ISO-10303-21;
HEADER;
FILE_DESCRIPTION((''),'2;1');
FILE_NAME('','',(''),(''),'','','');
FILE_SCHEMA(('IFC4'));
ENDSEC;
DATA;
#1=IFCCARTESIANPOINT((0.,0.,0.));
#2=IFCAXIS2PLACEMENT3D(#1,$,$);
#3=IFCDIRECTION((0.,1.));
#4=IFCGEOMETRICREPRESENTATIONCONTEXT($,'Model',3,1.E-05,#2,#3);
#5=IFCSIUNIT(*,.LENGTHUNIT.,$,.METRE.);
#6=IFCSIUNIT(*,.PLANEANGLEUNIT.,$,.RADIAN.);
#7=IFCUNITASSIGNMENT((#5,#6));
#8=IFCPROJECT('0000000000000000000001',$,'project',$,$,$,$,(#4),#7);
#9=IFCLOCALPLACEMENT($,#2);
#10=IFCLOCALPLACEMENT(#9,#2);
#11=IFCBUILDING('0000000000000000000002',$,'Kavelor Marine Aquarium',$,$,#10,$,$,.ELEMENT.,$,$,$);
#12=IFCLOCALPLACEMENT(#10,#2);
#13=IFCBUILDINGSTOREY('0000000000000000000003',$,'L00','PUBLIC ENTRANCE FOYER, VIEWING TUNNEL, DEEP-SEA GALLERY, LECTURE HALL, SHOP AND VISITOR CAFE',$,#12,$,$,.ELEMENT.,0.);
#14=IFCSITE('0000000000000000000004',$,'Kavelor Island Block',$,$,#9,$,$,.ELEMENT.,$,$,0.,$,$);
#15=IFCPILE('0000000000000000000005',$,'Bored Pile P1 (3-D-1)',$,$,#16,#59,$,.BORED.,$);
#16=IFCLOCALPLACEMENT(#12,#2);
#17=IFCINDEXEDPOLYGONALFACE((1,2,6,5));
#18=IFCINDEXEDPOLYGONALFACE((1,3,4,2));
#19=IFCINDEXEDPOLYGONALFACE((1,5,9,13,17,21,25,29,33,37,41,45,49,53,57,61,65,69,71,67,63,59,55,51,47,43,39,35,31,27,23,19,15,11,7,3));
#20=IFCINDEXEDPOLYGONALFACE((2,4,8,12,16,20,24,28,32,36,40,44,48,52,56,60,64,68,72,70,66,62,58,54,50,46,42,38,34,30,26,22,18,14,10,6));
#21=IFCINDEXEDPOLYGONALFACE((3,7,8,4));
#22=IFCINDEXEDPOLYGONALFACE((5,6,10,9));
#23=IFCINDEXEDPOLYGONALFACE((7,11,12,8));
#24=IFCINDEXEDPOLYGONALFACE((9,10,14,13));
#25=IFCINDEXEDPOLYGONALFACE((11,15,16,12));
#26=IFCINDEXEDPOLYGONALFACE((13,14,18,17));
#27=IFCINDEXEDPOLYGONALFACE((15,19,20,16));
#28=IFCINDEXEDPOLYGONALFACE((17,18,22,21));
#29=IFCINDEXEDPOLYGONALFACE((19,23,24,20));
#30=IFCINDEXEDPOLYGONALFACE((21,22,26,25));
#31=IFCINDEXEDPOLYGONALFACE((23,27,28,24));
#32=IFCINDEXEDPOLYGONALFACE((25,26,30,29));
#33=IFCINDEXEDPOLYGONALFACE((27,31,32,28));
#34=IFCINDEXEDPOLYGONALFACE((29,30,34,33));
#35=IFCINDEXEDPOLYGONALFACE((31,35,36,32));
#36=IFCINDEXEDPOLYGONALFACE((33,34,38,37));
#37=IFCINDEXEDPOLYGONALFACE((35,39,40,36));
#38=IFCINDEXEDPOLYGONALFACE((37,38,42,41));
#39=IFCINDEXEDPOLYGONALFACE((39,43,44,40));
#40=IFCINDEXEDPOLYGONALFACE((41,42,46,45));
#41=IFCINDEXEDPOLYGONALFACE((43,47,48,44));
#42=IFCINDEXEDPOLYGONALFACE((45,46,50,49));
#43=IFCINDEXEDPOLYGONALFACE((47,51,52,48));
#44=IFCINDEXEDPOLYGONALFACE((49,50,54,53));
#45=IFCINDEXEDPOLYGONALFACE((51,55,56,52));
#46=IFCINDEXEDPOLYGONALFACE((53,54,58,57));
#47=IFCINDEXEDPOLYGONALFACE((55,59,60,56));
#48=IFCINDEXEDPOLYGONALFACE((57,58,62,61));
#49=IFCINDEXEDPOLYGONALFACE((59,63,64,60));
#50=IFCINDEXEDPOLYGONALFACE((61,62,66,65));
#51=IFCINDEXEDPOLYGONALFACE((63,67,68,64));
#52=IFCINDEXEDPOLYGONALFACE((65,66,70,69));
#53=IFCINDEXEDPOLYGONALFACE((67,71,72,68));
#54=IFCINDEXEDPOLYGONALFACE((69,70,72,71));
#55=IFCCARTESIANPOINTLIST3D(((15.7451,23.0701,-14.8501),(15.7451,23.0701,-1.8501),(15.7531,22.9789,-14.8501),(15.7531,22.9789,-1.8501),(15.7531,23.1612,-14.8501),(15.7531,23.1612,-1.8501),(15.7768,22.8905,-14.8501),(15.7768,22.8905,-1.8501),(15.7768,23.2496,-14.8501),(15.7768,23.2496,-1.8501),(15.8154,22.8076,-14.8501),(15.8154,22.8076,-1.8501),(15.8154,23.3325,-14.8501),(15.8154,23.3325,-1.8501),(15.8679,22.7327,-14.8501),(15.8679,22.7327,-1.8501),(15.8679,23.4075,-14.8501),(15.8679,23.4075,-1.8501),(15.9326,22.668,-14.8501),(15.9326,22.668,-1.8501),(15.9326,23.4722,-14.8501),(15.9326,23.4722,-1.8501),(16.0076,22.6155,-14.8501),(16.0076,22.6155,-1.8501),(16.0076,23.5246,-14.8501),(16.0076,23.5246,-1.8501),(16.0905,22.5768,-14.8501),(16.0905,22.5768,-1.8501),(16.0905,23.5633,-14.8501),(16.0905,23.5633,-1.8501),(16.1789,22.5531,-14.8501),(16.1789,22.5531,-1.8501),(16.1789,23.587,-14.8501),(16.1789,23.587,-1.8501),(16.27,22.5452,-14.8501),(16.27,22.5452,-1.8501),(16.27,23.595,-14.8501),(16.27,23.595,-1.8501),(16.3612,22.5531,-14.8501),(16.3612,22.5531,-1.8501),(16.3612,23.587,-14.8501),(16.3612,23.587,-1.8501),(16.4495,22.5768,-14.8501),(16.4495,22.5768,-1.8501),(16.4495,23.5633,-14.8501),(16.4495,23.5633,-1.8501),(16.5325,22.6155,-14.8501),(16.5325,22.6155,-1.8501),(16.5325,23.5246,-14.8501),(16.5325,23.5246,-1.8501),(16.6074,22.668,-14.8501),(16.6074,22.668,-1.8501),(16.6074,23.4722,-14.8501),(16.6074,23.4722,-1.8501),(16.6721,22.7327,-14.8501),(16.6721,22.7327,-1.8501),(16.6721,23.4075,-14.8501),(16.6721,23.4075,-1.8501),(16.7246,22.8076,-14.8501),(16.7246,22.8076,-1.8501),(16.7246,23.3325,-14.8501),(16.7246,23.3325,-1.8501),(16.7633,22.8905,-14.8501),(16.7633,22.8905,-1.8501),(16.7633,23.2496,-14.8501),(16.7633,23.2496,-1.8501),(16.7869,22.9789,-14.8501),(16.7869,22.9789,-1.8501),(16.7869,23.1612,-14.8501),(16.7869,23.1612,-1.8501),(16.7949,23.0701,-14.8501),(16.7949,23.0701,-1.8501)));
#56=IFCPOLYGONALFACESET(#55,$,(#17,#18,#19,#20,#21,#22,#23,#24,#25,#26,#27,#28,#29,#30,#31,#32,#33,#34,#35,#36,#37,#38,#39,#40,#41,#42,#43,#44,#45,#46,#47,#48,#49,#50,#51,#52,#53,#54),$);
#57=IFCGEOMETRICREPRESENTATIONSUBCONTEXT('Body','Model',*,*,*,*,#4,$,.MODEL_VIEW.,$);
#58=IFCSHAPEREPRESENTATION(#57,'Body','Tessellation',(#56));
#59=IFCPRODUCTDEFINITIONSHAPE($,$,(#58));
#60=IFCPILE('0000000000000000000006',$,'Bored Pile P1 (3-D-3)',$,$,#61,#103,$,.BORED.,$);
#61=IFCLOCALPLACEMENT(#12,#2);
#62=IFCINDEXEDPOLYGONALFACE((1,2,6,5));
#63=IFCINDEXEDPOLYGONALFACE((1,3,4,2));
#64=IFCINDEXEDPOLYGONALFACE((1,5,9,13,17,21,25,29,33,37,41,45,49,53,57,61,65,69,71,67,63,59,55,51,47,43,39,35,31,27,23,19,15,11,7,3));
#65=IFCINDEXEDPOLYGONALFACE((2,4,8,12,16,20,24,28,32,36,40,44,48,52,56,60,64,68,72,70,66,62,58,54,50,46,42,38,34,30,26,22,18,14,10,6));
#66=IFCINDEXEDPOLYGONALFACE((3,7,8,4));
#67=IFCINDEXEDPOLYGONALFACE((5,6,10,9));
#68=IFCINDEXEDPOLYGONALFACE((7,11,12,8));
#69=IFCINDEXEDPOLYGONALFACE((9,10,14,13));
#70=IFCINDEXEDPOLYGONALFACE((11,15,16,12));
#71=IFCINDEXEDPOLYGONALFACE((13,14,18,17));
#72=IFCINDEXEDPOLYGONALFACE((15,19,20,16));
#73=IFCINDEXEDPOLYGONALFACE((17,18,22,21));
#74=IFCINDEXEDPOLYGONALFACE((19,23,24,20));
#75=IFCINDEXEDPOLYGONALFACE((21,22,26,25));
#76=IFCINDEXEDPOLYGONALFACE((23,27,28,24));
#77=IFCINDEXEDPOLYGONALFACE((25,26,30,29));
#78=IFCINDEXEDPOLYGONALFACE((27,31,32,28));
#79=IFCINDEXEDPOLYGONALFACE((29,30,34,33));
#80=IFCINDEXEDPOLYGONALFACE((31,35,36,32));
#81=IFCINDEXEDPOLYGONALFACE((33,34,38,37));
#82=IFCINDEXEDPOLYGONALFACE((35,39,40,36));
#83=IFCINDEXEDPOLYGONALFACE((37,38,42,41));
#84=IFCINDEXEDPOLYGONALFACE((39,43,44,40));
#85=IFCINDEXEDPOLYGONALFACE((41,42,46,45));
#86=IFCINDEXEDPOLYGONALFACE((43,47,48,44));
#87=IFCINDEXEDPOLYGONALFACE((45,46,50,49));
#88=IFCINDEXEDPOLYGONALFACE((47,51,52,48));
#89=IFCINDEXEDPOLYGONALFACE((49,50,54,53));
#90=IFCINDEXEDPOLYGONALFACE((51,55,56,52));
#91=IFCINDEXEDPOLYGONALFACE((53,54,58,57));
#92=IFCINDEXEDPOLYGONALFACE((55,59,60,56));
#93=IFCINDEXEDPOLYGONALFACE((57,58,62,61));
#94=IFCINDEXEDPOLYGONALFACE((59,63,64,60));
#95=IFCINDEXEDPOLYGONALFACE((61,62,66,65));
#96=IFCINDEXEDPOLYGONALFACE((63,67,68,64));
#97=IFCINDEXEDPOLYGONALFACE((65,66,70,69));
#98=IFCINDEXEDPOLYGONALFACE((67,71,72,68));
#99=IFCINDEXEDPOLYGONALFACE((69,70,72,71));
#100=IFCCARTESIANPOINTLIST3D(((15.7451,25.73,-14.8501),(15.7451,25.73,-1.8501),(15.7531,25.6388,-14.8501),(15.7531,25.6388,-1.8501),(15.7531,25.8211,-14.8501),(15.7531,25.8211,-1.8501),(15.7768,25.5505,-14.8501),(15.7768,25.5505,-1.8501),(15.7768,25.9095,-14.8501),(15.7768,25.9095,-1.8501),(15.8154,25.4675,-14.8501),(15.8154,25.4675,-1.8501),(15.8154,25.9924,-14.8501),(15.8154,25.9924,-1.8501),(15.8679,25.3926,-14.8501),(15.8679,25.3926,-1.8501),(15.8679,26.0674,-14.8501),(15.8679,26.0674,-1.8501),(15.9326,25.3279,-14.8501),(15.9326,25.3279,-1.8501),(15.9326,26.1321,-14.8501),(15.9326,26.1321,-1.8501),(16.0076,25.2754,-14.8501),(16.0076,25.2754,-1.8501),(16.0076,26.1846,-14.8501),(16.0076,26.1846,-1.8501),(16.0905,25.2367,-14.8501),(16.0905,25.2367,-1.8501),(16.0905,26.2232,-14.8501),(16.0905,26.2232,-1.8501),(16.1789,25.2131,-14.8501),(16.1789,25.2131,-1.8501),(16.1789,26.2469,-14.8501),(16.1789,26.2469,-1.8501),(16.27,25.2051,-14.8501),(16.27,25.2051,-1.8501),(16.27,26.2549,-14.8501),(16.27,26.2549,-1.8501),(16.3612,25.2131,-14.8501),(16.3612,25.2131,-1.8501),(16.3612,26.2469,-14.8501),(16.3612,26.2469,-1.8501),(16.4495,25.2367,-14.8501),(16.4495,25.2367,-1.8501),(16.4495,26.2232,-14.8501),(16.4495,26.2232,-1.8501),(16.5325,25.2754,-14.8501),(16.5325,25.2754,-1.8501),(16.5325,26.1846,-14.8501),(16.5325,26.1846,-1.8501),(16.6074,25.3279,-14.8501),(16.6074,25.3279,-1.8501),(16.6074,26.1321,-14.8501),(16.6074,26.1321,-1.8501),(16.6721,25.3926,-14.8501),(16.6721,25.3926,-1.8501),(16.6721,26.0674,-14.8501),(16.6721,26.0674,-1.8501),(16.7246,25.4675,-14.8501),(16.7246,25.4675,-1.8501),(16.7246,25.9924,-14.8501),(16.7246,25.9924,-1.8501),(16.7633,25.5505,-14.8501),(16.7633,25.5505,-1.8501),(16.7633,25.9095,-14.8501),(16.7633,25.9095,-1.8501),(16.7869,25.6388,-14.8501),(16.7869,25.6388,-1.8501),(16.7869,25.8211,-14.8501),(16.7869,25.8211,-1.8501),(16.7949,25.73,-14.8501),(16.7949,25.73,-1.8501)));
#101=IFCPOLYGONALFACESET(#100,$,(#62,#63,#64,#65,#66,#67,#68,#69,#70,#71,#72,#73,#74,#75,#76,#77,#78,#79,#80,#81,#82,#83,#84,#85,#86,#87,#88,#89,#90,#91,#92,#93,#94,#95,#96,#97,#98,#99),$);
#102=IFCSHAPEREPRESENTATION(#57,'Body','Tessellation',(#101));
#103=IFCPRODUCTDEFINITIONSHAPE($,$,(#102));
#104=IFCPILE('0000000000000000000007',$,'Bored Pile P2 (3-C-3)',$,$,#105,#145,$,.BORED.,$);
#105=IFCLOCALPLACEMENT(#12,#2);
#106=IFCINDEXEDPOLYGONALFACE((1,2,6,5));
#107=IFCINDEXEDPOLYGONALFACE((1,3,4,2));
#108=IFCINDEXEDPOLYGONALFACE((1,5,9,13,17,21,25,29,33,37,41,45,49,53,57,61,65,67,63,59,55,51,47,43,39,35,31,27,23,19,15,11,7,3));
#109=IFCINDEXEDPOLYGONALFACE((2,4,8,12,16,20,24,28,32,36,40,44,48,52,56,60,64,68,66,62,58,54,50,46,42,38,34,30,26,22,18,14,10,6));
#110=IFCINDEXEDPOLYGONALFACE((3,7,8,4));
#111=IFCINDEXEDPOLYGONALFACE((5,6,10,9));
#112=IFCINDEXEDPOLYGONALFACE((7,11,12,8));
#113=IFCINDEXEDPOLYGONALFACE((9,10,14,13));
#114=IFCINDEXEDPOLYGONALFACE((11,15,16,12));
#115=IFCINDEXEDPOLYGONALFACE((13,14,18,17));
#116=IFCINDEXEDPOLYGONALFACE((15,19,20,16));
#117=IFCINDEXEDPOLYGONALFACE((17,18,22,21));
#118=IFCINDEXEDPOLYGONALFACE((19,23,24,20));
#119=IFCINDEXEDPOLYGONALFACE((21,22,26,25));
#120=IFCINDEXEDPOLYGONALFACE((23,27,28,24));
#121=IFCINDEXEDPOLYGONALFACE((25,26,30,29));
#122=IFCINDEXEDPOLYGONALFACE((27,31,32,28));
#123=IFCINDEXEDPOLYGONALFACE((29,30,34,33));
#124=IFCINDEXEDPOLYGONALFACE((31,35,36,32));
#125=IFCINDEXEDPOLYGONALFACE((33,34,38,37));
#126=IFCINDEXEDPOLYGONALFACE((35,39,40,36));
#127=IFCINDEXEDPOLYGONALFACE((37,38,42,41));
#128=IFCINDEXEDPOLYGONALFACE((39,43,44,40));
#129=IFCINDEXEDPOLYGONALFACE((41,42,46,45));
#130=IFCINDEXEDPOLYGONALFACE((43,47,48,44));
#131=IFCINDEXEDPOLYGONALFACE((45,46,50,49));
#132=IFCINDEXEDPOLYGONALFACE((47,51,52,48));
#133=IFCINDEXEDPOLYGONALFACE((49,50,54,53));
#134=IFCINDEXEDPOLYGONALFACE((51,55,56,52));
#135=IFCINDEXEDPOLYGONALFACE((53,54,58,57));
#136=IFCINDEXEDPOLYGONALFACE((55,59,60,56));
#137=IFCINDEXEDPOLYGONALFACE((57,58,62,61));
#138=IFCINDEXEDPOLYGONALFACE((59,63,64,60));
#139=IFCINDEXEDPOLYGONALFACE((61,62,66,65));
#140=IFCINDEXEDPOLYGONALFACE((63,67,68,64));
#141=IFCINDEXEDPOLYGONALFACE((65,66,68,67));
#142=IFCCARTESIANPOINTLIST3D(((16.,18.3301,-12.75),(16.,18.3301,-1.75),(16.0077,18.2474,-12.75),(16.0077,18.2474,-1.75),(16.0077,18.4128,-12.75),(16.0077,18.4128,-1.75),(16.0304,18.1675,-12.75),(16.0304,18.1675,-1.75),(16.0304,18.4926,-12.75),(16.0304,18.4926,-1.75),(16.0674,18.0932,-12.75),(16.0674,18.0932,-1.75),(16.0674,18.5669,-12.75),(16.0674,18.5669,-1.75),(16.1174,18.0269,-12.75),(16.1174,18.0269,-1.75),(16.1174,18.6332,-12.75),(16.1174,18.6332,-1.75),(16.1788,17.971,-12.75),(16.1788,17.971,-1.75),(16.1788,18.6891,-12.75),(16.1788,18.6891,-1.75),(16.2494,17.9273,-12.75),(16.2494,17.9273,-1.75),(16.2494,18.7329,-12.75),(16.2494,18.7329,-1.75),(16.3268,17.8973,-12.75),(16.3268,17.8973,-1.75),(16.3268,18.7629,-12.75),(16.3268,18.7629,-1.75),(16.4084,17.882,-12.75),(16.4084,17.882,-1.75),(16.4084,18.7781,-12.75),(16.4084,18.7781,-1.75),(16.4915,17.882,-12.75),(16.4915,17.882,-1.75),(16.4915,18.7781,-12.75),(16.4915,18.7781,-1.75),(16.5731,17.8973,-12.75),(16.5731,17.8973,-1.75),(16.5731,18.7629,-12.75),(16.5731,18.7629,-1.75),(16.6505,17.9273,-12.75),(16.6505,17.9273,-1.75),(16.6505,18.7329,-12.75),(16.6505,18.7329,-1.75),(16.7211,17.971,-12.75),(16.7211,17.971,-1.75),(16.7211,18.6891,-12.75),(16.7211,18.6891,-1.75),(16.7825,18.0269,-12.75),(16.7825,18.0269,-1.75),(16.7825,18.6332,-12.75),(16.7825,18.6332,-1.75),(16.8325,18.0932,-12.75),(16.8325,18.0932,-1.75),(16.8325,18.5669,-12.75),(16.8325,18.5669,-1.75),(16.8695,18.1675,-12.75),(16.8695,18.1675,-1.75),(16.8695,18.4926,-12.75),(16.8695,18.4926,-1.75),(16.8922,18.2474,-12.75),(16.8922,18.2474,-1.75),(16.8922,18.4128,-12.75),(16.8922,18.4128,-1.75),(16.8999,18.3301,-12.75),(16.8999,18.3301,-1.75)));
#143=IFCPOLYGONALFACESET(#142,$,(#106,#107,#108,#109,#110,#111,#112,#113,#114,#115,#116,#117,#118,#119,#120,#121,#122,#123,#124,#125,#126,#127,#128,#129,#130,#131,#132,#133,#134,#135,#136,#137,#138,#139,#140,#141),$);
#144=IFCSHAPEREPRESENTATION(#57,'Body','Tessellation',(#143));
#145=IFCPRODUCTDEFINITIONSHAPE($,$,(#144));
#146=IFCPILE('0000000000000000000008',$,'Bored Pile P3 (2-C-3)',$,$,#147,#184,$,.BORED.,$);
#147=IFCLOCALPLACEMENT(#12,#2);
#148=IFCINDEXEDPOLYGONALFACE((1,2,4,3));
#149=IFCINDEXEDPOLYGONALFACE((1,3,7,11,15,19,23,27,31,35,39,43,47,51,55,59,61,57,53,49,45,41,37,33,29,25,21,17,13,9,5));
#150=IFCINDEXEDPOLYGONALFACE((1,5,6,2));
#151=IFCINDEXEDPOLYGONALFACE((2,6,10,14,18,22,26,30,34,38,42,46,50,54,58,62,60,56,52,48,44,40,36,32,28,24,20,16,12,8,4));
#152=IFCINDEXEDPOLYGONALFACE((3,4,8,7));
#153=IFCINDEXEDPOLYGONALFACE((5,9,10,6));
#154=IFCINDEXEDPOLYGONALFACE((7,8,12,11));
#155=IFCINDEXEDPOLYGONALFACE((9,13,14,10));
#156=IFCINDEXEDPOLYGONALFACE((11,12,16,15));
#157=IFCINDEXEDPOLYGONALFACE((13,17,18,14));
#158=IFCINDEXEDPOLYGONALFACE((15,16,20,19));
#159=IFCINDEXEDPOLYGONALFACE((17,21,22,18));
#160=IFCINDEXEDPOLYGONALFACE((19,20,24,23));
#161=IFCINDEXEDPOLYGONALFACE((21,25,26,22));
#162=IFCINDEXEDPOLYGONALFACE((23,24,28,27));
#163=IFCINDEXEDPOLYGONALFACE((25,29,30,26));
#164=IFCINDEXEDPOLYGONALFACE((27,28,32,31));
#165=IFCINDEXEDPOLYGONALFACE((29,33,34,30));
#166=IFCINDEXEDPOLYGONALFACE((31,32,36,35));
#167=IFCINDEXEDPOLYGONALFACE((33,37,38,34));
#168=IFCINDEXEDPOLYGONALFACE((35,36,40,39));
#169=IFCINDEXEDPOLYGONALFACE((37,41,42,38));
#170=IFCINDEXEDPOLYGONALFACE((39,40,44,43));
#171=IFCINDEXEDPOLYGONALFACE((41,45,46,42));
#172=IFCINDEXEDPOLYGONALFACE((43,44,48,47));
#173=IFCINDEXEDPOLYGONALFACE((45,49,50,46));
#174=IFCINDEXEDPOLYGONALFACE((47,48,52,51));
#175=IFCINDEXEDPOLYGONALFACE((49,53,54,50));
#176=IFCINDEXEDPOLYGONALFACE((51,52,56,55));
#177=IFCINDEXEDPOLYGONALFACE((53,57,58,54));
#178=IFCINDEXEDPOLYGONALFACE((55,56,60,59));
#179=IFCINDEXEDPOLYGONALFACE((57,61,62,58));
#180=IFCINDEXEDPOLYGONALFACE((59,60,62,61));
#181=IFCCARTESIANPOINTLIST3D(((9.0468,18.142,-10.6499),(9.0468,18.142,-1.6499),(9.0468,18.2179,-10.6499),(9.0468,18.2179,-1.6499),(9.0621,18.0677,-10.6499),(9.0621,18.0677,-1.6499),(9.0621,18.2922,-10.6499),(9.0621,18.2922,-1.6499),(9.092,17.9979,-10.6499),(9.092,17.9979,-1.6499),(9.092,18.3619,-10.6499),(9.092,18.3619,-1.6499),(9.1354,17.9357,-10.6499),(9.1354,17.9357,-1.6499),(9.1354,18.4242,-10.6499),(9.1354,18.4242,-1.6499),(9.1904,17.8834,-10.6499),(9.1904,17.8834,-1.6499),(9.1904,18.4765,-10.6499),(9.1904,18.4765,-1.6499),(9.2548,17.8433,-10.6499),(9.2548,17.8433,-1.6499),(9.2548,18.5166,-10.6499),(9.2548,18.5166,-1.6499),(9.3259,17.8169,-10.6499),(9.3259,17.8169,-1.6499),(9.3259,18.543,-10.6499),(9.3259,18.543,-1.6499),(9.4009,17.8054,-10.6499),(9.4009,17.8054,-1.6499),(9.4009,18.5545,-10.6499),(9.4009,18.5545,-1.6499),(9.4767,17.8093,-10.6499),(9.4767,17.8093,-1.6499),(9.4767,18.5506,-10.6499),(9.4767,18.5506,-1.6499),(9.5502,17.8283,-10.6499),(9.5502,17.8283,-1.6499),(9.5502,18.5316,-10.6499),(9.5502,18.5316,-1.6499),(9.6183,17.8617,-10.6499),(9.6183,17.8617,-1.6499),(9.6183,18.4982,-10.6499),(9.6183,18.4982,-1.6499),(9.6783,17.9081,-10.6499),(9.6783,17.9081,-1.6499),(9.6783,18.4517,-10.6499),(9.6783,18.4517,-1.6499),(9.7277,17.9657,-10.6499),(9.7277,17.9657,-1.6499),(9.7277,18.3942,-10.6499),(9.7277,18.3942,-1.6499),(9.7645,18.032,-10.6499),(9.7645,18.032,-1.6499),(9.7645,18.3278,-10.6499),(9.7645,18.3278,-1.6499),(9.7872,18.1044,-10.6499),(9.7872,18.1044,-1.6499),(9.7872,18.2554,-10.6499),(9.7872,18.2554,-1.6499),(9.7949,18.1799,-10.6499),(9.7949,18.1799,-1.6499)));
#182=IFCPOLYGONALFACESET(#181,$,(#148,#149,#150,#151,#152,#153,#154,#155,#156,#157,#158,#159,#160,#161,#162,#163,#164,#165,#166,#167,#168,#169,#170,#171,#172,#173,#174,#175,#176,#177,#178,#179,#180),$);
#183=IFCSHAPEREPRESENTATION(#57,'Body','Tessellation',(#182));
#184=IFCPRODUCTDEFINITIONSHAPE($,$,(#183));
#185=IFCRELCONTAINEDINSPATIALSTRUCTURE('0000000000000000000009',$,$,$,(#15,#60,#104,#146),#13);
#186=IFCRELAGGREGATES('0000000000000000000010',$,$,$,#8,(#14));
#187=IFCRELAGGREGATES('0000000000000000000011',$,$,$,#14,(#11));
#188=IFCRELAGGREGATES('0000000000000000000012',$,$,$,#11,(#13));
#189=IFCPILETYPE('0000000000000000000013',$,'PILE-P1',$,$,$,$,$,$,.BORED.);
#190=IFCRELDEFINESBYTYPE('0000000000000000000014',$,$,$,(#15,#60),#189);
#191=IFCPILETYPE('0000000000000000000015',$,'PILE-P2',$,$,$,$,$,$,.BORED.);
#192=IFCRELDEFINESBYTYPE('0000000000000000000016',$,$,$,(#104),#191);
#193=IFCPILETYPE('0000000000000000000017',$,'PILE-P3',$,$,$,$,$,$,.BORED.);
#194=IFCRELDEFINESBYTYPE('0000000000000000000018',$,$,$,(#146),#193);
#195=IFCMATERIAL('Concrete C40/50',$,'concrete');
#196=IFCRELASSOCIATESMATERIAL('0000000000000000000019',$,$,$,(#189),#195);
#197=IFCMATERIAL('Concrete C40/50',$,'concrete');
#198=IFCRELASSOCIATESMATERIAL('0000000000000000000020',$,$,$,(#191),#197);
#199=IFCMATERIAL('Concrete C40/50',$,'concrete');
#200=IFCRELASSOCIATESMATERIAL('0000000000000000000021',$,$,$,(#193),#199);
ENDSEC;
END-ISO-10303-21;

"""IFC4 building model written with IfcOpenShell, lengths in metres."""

from ifc_helpers import new_model, si_unit, direction, frame, origin, origin_2d, place, context, subcontext, project, spatial, circle, extrude, material, material_profile, profile_set, type_object, element, save


model = new_model("IFC4")

# Units and contexts
model_context = context("Model", 3, precision=1e-05, world=origin(), true_north=direction((0.0, 1.0)))
body_context = subcontext(model_context, "Body", "Model", "MODEL_VIEW")
ifc_project = project(units=[si_unit("LENGTHUNIT", "METRE"), si_unit("PLANEANGLEUNIT", "RADIAN")], contexts=[model_context])

# Site, building, storey
site_placement = place(None, origin())
site = spatial("IfcSite", under=ifc_project, at=site_placement, Name="Kavelor Island Block", CompositionType="ELEMENT", RefElevation=0.0)
building_placement = place(site_placement, origin())
building = spatial("IfcBuilding", under=site, at=building_placement, Name="Kavelor Marine Aquarium", CompositionType="ELEMENT")
storey_placement = place(building_placement, origin())
storey = spatial("IfcBuildingStorey", under=building, at=storey_placement, Name="L00", Description="PUBLIC ENTRANCE FOYER, VIEWING TUNNEL, DEEP-SEA GALLERY, LECTURE HALL, SHOP AND VISITOR CAFE", CompositionType="ELEMENT", Elevation=0.0)

# Piles
ifc_material_1 = material(Name="Concrete C40/50", Category="concrete")
ifc_material_profile_1 = material_profile(ifc_material_1, circle(Radius=0.5249, at=origin_2d()), Name="PILE D1050")
ifc_profile_set_1 = profile_set([ifc_material_profile_1], Name="Concrete C40/50")
pile_type_1 = type_object("IfcPileType", Name="PILE-P1", PredefinedType="BORED", material=ifc_profile_set_1)
for number, where, z_axis, x_axis, name in (
    (1, (16.27, 23.0701, -1.8501), (0.0, 0.0, -1.0), (1.0, 0.0, 0.0), "Bored Pile P1 (3-D-1)"),
    (2, (16.27, 25.73, -1.8501), (0.0, 0.0, -1.0), (1.0, 0.0, 0.0), "Bored Pile P1 (3-D-3)"),
):
    element("IfcPile", number, at=place(storey_placement, frame(where, z_axis=z_axis, x_axis=x_axis)), inside=storey, type_object=pile_type_1, Name=name, PredefinedType="BORED", context=body_context, shape_type="SweptSolid", body=[
        extrude(circle(Radius=0.5249, at=origin_2d()), origin(), (0.0, 0.0, 1.0), 13.0),
    ])
ifc_material_2 = material(Name="Concrete C40/50", Category="concrete")
ifc_material_profile_2 = material_profile(ifc_material_2, circle(Radius=0.45, at=origin_2d()), Name="PILE D900")
ifc_profile_set_2 = profile_set([ifc_material_profile_2], Name="Concrete C40/50")
pile_type_2 = type_object("IfcPileType", Name="PILE-P2", PredefinedType="BORED", material=ifc_profile_set_2)
pile_placement = place(storey_placement, frame((16.45, 18.3301, -1.75), z_axis=(0.0, 0.0, -1.0), x_axis=(1.0, 0.0, 0.0)))
element("IfcPile", 3, at=pile_placement, inside=storey, type_object=pile_type_2, Name="Bored Pile P2 (3-C-3)", PredefinedType="BORED", context=body_context, shape_type="SweptSolid", body=[
    extrude(circle(Radius=0.45, at=origin_2d()), origin(), (0.0, 0.0, 1.0), 11.0),
])
ifc_material_3 = material(Name="Concrete C40/50", Category="concrete")
ifc_material_profile_3 = material_profile(ifc_material_3, circle(Radius=0.375, at=origin_2d()), Name="PILE D750")
ifc_profile_set_3 = profile_set([ifc_material_profile_3], Name="Concrete C40/50")
pile_type_3 = type_object("IfcPileType", Name="PILE-P3", PredefinedType="BORED", material=ifc_profile_set_3)
for number, where, z_axis, x_axis, name in (
    (4, (9.4199, 18.1799, -1.6499), (0.0, 0.0, -1.0), (1.0, 0.0, 0.0), "Bored Pile P3 (2-C-3)"),
):
    element("IfcPile", number, at=place(storey_placement, frame(where, z_axis=z_axis, x_axis=x_axis)), inside=storey, type_object=pile_type_3, Name=name, PredefinedType="BORED", context=body_context, shape_type="SweptSolid", body=[
        extrude(circle(Radius=0.375, at=origin_2d()), origin(), (0.0, 0.0, 1.0), 9.0),
    ])

save(model, "model.ifc")
